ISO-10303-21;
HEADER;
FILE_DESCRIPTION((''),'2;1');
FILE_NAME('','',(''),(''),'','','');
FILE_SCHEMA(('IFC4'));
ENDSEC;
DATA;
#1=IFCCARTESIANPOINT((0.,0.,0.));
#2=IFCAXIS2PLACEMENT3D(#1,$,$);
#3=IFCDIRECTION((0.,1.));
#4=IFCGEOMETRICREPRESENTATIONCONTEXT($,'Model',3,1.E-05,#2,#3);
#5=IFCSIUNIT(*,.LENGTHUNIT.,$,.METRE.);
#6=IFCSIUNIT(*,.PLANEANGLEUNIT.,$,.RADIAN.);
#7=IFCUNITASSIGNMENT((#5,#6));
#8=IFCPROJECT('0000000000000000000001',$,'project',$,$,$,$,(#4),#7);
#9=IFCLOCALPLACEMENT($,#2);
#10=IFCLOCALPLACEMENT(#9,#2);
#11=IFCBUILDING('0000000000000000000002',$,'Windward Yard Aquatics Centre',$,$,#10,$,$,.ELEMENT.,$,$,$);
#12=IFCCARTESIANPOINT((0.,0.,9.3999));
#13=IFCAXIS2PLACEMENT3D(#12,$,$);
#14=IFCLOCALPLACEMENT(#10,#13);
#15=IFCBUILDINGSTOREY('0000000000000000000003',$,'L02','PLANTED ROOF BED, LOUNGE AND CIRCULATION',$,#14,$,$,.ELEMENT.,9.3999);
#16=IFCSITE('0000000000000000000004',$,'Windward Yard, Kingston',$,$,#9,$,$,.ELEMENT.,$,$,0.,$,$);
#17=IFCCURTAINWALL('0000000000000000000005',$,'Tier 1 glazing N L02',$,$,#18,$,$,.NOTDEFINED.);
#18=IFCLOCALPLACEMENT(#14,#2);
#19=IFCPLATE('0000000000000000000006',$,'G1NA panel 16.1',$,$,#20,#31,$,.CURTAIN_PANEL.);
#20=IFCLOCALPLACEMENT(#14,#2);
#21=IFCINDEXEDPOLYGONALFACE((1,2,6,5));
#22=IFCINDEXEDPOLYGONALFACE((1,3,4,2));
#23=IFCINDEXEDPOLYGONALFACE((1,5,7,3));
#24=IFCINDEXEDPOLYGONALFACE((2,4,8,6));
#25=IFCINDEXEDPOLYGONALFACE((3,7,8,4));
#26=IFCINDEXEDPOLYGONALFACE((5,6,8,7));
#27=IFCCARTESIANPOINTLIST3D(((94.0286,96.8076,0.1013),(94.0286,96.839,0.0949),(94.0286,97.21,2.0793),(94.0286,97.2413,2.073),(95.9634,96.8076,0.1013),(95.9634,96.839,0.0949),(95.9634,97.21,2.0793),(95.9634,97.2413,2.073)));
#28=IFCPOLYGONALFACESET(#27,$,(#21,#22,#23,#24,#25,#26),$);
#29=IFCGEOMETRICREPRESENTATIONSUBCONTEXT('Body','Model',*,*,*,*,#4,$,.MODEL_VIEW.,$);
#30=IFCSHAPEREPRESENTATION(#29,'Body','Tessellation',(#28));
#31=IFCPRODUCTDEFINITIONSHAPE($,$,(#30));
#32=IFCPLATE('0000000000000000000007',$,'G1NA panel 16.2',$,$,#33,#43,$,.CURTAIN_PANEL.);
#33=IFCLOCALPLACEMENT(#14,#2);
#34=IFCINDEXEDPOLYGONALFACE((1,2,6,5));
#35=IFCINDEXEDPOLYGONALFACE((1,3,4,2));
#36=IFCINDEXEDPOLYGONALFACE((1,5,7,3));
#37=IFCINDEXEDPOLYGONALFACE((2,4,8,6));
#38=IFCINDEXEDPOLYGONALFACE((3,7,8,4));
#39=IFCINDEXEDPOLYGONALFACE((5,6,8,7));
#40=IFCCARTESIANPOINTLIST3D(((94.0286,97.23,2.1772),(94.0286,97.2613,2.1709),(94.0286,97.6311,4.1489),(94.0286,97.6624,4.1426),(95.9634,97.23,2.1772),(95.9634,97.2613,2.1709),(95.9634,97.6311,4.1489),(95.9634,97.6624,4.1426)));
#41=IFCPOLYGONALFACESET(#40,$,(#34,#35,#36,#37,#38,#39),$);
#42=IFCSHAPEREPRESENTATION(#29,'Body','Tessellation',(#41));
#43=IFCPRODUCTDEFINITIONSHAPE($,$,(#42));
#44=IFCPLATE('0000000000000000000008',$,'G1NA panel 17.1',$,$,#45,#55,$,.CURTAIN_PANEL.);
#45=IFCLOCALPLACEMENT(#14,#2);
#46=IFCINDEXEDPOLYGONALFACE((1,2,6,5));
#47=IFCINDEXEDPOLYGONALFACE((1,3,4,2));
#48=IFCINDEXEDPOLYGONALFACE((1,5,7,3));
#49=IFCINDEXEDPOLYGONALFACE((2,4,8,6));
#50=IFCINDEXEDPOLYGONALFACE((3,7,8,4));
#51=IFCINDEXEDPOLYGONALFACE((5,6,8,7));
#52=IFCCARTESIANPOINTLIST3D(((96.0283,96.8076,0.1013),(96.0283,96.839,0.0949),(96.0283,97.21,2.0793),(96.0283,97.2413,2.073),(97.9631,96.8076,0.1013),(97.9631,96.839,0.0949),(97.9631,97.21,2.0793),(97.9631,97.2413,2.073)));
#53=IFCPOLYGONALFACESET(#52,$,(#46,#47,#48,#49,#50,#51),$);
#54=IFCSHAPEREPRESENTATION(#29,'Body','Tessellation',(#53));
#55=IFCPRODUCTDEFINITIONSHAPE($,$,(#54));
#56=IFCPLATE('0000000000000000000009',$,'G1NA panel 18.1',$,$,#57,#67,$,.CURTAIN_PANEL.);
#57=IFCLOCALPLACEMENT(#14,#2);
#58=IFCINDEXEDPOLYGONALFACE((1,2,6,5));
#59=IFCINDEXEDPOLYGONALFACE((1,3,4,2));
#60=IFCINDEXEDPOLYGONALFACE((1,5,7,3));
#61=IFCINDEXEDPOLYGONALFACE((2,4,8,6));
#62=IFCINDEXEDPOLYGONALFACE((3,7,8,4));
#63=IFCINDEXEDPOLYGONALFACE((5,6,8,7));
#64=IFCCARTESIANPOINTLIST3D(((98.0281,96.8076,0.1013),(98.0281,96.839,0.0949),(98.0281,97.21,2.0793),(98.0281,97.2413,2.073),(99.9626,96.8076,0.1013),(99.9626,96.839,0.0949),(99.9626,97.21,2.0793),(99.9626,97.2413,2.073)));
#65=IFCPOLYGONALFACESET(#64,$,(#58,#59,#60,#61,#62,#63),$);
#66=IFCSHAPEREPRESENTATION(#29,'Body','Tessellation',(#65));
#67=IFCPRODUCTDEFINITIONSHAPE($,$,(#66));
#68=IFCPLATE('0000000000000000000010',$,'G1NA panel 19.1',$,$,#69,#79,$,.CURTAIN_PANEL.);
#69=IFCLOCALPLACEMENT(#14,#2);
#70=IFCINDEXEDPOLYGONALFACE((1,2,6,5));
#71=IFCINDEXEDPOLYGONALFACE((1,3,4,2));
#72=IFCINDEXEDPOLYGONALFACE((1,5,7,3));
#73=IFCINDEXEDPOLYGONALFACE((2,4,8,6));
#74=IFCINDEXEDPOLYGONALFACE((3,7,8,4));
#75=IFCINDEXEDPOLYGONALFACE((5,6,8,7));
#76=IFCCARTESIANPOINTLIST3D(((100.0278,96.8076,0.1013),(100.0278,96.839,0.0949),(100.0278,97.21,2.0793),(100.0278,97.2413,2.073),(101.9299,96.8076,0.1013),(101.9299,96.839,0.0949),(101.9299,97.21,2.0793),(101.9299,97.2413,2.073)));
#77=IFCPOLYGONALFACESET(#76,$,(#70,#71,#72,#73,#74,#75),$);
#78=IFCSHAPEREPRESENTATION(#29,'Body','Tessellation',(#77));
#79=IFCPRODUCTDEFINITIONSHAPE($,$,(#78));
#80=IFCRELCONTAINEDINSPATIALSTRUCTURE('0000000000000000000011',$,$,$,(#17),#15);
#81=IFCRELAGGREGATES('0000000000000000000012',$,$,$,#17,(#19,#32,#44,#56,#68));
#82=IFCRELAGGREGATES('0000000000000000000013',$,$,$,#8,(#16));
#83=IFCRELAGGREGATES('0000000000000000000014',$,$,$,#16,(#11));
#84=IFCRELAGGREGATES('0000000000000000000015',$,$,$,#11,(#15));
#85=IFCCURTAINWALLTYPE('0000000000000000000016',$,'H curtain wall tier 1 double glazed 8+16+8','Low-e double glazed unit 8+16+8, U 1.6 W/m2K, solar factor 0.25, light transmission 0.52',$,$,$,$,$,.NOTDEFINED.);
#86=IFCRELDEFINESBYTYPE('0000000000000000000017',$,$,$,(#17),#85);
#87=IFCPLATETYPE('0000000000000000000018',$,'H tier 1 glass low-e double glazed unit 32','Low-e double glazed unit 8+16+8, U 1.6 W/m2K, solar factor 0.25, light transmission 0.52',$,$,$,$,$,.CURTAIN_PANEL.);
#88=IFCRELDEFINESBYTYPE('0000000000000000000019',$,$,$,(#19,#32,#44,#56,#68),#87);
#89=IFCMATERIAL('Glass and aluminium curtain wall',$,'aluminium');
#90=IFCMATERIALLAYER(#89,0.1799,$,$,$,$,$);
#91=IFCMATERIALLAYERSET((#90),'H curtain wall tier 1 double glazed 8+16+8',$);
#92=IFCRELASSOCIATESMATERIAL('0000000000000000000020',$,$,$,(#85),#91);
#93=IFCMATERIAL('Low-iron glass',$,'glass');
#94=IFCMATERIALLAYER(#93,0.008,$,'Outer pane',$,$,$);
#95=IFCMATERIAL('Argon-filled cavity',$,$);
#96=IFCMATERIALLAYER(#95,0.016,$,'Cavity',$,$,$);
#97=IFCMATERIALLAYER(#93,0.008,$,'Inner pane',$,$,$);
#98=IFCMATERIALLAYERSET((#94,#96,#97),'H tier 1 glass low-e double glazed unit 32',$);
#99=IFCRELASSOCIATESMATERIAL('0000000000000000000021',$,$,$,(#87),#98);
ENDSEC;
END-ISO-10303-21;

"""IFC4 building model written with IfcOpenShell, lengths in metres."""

from ifc_helpers import new_model, si_unit, direction, frame, origin, place, context, subcontext, project, spatial, polyline, outline, extrude, material, layer, layer_set, type_object, element, aggregate, save


model = new_model("IFC4")

# Units and contexts
model_context = context("Model", 3, precision=1e-05, world=origin(), true_north=direction((0.0, 1.0)))
body_context = subcontext(model_context, "Body", "Model", "MODEL_VIEW")
ifc_project = project(units=[si_unit("LENGTHUNIT", "METRE"), si_unit("PLANEANGLEUNIT", "RADIAN")], contexts=[model_context])

# Site, building, storey
site_placement = place(None, origin())
site = spatial("IfcSite", under=ifc_project, at=site_placement, Name="Windward Yard, Kingston", CompositionType="ELEMENT", RefElevation=0.0)
building_placement = place(site_placement, origin())
building = spatial("IfcBuilding", under=site, at=building_placement, Name="Windward Yard Aquatics Centre", CompositionType="ELEMENT")
storey_placement = place(building_placement, frame((0.0, 0.0, 9.3999)))
storey = spatial("IfcBuildingStorey", under=building, at=storey_placement, Name="L02", Description="PLANTED ROOF BED, LOUNGE AND CIRCULATION", CompositionType="ELEMENT", Elevation=9.3999)

# Curtain wall, plates
ifc_material_1 = material(Name="Glass and aluminium curtain wall", Category="aluminium")
ifc_layer_1 = layer(ifc_material_1, 0.1799)
ifc_layer_set_1 = layer_set([ifc_layer_1], Name="H curtain wall tier 1 double glazed 8+16+8")
curtain_wall_type = type_object("IfcCurtainWallType", Name="H curtain wall tier 1 double glazed 8+16+8", Description="Low-e double glazed unit 8+16+8, U 1.6 W/m2K, solar factor 0.25, light transmission 0.52", PredefinedType="NOTDEFINED", material=ifc_layer_set_1)
curtain_wall_placement = place(storey_placement, origin())
curtain_wall = element("IfcCurtainWall", 1, at=curtain_wall_placement, inside=storey, type_object=curtain_wall_type, Name="Tier 1 glazing N L02", PredefinedType="NOTDEFINED")
ifc_material_2 = material(Name="Low-iron glass", Category="glass")
ifc_layer_2 = layer(ifc_material_2, 0.008, Name="Outer pane")
ifc_material_3 = material(Name="Argon-filled cavity")
ifc_layer_3 = layer(ifc_material_3, 0.016, Name="Cavity")
ifc_layer_4 = layer(ifc_material_2, 0.008, Name="Inner pane")
ifc_layer_set_2 = layer_set([ifc_layer_2, ifc_layer_3, ifc_layer_4], Name="H tier 1 glass low-e double glazed unit 32")
plate_type = type_object("IfcPlateType", Name="H tier 1 glass low-e double glazed unit 32", Description="Low-e double glazed unit 8+16+8, U 1.6 W/m2K, solar factor 0.25, light transmission 0.52", PredefinedType="CURTAIN_PANEL", material=ifc_layer_set_2)
plate_1_placement = place(storey_placement, frame((94.0286, 96.8076, 0.1013), z_axis=(0.0, -0.979933, 0.199325), x_axis=(1.0, 0.0, 0.0)))
plate_1 = element("IfcPlate", 2, at=plate_1_placement, type_object=plate_type, Name="G1NA panel 16.1", PredefinedType="CURTAIN_PANEL", context=body_context, shape_type="SweptSolid", body=[
    extrude(outline(polyline([(0.0, 0.0), (1.9348, 0.0), (1.9348, 2.0185), (0.0, 2.0185), (0.0, 0.0)])), origin(), (0.0, 0.0, -1.0), 0.032),
])
plate_2_placement = place(storey_placement, frame((94.0286, 97.23, 2.1772), z_axis=(0.0, -0.979927, 0.199359), x_axis=(1.0, 0.0, 0.0)))
plate_2 = element("IfcPlate", 3, at=plate_2_placement, type_object=plate_type, Name="G1NA panel 16.2", PredefinedType="CURTAIN_PANEL", context=body_context, shape_type="SweptSolid", body=[
    extrude(outline(polyline([(0.0, 0.0), (1.9348, 0.0), (1.9348, 2.0121), (0.0, 2.0121), (0.0, 0.0)])), origin(), (0.0, 0.0, -1.0), 0.032),
])
plate_3_placement = place(storey_placement, frame((96.0283, 96.8076, 0.1013), z_axis=(0.0, -0.979933, 0.199325), x_axis=(1.0, 0.0, 0.0)))
plate_3 = element("IfcPlate", 4, at=plate_3_placement, type_object=plate_type, Name="G1NA panel 17.1", PredefinedType="CURTAIN_PANEL", context=body_context, shape_type="SweptSolid", body=[
    extrude(outline(polyline([(0.0, 0.0), (1.9348, 0.0), (1.9348, 2.0185), (0.0, 2.0185), (0.0, 0.0)])), origin(), (0.0, 0.0, -1.0), 0.032),
])
plate_4_placement = place(storey_placement, frame((98.0281, 96.8076, 0.1013), z_axis=(0.0, -0.979933, 0.199325), x_axis=(1.0, 0.0, 0.0)))
plate_4 = element("IfcPlate", 5, at=plate_4_placement, type_object=plate_type, Name="G1NA panel 18.1", PredefinedType="CURTAIN_PANEL", context=body_context, shape_type="SweptSolid", body=[
    extrude(outline(polyline([(0.0, 0.0), (1.9346, 0.0), (1.9346, 2.0185), (0.0, 2.0185), (0.0, 0.0)])), origin(), (0.0, 0.0, -1.0), 0.032),
])
plate_5_placement = place(storey_placement, frame((100.0278, 96.8076, 0.1013), z_axis=(0.0, -0.979933, 0.199325), x_axis=(1.0, 0.0, 0.0)))
plate_5 = element("IfcPlate", 6, at=plate_5_placement, type_object=plate_type, Name="G1NA panel 19.1", PredefinedType="CURTAIN_PANEL", context=body_context, shape_type="SweptSolid", body=[
    extrude(outline(polyline([(0.0, 0.0), (1.9021, 0.0), (1.9021, 2.0185), (0.0, 2.0185), (0.0, 0.0)])), origin(), (0.0, 0.0, -1.0), 0.032),
])
aggregate(curtain_wall, [plate_1, plate_2, plate_3, plate_4, plate_5])

save(model, "model.ifc")
